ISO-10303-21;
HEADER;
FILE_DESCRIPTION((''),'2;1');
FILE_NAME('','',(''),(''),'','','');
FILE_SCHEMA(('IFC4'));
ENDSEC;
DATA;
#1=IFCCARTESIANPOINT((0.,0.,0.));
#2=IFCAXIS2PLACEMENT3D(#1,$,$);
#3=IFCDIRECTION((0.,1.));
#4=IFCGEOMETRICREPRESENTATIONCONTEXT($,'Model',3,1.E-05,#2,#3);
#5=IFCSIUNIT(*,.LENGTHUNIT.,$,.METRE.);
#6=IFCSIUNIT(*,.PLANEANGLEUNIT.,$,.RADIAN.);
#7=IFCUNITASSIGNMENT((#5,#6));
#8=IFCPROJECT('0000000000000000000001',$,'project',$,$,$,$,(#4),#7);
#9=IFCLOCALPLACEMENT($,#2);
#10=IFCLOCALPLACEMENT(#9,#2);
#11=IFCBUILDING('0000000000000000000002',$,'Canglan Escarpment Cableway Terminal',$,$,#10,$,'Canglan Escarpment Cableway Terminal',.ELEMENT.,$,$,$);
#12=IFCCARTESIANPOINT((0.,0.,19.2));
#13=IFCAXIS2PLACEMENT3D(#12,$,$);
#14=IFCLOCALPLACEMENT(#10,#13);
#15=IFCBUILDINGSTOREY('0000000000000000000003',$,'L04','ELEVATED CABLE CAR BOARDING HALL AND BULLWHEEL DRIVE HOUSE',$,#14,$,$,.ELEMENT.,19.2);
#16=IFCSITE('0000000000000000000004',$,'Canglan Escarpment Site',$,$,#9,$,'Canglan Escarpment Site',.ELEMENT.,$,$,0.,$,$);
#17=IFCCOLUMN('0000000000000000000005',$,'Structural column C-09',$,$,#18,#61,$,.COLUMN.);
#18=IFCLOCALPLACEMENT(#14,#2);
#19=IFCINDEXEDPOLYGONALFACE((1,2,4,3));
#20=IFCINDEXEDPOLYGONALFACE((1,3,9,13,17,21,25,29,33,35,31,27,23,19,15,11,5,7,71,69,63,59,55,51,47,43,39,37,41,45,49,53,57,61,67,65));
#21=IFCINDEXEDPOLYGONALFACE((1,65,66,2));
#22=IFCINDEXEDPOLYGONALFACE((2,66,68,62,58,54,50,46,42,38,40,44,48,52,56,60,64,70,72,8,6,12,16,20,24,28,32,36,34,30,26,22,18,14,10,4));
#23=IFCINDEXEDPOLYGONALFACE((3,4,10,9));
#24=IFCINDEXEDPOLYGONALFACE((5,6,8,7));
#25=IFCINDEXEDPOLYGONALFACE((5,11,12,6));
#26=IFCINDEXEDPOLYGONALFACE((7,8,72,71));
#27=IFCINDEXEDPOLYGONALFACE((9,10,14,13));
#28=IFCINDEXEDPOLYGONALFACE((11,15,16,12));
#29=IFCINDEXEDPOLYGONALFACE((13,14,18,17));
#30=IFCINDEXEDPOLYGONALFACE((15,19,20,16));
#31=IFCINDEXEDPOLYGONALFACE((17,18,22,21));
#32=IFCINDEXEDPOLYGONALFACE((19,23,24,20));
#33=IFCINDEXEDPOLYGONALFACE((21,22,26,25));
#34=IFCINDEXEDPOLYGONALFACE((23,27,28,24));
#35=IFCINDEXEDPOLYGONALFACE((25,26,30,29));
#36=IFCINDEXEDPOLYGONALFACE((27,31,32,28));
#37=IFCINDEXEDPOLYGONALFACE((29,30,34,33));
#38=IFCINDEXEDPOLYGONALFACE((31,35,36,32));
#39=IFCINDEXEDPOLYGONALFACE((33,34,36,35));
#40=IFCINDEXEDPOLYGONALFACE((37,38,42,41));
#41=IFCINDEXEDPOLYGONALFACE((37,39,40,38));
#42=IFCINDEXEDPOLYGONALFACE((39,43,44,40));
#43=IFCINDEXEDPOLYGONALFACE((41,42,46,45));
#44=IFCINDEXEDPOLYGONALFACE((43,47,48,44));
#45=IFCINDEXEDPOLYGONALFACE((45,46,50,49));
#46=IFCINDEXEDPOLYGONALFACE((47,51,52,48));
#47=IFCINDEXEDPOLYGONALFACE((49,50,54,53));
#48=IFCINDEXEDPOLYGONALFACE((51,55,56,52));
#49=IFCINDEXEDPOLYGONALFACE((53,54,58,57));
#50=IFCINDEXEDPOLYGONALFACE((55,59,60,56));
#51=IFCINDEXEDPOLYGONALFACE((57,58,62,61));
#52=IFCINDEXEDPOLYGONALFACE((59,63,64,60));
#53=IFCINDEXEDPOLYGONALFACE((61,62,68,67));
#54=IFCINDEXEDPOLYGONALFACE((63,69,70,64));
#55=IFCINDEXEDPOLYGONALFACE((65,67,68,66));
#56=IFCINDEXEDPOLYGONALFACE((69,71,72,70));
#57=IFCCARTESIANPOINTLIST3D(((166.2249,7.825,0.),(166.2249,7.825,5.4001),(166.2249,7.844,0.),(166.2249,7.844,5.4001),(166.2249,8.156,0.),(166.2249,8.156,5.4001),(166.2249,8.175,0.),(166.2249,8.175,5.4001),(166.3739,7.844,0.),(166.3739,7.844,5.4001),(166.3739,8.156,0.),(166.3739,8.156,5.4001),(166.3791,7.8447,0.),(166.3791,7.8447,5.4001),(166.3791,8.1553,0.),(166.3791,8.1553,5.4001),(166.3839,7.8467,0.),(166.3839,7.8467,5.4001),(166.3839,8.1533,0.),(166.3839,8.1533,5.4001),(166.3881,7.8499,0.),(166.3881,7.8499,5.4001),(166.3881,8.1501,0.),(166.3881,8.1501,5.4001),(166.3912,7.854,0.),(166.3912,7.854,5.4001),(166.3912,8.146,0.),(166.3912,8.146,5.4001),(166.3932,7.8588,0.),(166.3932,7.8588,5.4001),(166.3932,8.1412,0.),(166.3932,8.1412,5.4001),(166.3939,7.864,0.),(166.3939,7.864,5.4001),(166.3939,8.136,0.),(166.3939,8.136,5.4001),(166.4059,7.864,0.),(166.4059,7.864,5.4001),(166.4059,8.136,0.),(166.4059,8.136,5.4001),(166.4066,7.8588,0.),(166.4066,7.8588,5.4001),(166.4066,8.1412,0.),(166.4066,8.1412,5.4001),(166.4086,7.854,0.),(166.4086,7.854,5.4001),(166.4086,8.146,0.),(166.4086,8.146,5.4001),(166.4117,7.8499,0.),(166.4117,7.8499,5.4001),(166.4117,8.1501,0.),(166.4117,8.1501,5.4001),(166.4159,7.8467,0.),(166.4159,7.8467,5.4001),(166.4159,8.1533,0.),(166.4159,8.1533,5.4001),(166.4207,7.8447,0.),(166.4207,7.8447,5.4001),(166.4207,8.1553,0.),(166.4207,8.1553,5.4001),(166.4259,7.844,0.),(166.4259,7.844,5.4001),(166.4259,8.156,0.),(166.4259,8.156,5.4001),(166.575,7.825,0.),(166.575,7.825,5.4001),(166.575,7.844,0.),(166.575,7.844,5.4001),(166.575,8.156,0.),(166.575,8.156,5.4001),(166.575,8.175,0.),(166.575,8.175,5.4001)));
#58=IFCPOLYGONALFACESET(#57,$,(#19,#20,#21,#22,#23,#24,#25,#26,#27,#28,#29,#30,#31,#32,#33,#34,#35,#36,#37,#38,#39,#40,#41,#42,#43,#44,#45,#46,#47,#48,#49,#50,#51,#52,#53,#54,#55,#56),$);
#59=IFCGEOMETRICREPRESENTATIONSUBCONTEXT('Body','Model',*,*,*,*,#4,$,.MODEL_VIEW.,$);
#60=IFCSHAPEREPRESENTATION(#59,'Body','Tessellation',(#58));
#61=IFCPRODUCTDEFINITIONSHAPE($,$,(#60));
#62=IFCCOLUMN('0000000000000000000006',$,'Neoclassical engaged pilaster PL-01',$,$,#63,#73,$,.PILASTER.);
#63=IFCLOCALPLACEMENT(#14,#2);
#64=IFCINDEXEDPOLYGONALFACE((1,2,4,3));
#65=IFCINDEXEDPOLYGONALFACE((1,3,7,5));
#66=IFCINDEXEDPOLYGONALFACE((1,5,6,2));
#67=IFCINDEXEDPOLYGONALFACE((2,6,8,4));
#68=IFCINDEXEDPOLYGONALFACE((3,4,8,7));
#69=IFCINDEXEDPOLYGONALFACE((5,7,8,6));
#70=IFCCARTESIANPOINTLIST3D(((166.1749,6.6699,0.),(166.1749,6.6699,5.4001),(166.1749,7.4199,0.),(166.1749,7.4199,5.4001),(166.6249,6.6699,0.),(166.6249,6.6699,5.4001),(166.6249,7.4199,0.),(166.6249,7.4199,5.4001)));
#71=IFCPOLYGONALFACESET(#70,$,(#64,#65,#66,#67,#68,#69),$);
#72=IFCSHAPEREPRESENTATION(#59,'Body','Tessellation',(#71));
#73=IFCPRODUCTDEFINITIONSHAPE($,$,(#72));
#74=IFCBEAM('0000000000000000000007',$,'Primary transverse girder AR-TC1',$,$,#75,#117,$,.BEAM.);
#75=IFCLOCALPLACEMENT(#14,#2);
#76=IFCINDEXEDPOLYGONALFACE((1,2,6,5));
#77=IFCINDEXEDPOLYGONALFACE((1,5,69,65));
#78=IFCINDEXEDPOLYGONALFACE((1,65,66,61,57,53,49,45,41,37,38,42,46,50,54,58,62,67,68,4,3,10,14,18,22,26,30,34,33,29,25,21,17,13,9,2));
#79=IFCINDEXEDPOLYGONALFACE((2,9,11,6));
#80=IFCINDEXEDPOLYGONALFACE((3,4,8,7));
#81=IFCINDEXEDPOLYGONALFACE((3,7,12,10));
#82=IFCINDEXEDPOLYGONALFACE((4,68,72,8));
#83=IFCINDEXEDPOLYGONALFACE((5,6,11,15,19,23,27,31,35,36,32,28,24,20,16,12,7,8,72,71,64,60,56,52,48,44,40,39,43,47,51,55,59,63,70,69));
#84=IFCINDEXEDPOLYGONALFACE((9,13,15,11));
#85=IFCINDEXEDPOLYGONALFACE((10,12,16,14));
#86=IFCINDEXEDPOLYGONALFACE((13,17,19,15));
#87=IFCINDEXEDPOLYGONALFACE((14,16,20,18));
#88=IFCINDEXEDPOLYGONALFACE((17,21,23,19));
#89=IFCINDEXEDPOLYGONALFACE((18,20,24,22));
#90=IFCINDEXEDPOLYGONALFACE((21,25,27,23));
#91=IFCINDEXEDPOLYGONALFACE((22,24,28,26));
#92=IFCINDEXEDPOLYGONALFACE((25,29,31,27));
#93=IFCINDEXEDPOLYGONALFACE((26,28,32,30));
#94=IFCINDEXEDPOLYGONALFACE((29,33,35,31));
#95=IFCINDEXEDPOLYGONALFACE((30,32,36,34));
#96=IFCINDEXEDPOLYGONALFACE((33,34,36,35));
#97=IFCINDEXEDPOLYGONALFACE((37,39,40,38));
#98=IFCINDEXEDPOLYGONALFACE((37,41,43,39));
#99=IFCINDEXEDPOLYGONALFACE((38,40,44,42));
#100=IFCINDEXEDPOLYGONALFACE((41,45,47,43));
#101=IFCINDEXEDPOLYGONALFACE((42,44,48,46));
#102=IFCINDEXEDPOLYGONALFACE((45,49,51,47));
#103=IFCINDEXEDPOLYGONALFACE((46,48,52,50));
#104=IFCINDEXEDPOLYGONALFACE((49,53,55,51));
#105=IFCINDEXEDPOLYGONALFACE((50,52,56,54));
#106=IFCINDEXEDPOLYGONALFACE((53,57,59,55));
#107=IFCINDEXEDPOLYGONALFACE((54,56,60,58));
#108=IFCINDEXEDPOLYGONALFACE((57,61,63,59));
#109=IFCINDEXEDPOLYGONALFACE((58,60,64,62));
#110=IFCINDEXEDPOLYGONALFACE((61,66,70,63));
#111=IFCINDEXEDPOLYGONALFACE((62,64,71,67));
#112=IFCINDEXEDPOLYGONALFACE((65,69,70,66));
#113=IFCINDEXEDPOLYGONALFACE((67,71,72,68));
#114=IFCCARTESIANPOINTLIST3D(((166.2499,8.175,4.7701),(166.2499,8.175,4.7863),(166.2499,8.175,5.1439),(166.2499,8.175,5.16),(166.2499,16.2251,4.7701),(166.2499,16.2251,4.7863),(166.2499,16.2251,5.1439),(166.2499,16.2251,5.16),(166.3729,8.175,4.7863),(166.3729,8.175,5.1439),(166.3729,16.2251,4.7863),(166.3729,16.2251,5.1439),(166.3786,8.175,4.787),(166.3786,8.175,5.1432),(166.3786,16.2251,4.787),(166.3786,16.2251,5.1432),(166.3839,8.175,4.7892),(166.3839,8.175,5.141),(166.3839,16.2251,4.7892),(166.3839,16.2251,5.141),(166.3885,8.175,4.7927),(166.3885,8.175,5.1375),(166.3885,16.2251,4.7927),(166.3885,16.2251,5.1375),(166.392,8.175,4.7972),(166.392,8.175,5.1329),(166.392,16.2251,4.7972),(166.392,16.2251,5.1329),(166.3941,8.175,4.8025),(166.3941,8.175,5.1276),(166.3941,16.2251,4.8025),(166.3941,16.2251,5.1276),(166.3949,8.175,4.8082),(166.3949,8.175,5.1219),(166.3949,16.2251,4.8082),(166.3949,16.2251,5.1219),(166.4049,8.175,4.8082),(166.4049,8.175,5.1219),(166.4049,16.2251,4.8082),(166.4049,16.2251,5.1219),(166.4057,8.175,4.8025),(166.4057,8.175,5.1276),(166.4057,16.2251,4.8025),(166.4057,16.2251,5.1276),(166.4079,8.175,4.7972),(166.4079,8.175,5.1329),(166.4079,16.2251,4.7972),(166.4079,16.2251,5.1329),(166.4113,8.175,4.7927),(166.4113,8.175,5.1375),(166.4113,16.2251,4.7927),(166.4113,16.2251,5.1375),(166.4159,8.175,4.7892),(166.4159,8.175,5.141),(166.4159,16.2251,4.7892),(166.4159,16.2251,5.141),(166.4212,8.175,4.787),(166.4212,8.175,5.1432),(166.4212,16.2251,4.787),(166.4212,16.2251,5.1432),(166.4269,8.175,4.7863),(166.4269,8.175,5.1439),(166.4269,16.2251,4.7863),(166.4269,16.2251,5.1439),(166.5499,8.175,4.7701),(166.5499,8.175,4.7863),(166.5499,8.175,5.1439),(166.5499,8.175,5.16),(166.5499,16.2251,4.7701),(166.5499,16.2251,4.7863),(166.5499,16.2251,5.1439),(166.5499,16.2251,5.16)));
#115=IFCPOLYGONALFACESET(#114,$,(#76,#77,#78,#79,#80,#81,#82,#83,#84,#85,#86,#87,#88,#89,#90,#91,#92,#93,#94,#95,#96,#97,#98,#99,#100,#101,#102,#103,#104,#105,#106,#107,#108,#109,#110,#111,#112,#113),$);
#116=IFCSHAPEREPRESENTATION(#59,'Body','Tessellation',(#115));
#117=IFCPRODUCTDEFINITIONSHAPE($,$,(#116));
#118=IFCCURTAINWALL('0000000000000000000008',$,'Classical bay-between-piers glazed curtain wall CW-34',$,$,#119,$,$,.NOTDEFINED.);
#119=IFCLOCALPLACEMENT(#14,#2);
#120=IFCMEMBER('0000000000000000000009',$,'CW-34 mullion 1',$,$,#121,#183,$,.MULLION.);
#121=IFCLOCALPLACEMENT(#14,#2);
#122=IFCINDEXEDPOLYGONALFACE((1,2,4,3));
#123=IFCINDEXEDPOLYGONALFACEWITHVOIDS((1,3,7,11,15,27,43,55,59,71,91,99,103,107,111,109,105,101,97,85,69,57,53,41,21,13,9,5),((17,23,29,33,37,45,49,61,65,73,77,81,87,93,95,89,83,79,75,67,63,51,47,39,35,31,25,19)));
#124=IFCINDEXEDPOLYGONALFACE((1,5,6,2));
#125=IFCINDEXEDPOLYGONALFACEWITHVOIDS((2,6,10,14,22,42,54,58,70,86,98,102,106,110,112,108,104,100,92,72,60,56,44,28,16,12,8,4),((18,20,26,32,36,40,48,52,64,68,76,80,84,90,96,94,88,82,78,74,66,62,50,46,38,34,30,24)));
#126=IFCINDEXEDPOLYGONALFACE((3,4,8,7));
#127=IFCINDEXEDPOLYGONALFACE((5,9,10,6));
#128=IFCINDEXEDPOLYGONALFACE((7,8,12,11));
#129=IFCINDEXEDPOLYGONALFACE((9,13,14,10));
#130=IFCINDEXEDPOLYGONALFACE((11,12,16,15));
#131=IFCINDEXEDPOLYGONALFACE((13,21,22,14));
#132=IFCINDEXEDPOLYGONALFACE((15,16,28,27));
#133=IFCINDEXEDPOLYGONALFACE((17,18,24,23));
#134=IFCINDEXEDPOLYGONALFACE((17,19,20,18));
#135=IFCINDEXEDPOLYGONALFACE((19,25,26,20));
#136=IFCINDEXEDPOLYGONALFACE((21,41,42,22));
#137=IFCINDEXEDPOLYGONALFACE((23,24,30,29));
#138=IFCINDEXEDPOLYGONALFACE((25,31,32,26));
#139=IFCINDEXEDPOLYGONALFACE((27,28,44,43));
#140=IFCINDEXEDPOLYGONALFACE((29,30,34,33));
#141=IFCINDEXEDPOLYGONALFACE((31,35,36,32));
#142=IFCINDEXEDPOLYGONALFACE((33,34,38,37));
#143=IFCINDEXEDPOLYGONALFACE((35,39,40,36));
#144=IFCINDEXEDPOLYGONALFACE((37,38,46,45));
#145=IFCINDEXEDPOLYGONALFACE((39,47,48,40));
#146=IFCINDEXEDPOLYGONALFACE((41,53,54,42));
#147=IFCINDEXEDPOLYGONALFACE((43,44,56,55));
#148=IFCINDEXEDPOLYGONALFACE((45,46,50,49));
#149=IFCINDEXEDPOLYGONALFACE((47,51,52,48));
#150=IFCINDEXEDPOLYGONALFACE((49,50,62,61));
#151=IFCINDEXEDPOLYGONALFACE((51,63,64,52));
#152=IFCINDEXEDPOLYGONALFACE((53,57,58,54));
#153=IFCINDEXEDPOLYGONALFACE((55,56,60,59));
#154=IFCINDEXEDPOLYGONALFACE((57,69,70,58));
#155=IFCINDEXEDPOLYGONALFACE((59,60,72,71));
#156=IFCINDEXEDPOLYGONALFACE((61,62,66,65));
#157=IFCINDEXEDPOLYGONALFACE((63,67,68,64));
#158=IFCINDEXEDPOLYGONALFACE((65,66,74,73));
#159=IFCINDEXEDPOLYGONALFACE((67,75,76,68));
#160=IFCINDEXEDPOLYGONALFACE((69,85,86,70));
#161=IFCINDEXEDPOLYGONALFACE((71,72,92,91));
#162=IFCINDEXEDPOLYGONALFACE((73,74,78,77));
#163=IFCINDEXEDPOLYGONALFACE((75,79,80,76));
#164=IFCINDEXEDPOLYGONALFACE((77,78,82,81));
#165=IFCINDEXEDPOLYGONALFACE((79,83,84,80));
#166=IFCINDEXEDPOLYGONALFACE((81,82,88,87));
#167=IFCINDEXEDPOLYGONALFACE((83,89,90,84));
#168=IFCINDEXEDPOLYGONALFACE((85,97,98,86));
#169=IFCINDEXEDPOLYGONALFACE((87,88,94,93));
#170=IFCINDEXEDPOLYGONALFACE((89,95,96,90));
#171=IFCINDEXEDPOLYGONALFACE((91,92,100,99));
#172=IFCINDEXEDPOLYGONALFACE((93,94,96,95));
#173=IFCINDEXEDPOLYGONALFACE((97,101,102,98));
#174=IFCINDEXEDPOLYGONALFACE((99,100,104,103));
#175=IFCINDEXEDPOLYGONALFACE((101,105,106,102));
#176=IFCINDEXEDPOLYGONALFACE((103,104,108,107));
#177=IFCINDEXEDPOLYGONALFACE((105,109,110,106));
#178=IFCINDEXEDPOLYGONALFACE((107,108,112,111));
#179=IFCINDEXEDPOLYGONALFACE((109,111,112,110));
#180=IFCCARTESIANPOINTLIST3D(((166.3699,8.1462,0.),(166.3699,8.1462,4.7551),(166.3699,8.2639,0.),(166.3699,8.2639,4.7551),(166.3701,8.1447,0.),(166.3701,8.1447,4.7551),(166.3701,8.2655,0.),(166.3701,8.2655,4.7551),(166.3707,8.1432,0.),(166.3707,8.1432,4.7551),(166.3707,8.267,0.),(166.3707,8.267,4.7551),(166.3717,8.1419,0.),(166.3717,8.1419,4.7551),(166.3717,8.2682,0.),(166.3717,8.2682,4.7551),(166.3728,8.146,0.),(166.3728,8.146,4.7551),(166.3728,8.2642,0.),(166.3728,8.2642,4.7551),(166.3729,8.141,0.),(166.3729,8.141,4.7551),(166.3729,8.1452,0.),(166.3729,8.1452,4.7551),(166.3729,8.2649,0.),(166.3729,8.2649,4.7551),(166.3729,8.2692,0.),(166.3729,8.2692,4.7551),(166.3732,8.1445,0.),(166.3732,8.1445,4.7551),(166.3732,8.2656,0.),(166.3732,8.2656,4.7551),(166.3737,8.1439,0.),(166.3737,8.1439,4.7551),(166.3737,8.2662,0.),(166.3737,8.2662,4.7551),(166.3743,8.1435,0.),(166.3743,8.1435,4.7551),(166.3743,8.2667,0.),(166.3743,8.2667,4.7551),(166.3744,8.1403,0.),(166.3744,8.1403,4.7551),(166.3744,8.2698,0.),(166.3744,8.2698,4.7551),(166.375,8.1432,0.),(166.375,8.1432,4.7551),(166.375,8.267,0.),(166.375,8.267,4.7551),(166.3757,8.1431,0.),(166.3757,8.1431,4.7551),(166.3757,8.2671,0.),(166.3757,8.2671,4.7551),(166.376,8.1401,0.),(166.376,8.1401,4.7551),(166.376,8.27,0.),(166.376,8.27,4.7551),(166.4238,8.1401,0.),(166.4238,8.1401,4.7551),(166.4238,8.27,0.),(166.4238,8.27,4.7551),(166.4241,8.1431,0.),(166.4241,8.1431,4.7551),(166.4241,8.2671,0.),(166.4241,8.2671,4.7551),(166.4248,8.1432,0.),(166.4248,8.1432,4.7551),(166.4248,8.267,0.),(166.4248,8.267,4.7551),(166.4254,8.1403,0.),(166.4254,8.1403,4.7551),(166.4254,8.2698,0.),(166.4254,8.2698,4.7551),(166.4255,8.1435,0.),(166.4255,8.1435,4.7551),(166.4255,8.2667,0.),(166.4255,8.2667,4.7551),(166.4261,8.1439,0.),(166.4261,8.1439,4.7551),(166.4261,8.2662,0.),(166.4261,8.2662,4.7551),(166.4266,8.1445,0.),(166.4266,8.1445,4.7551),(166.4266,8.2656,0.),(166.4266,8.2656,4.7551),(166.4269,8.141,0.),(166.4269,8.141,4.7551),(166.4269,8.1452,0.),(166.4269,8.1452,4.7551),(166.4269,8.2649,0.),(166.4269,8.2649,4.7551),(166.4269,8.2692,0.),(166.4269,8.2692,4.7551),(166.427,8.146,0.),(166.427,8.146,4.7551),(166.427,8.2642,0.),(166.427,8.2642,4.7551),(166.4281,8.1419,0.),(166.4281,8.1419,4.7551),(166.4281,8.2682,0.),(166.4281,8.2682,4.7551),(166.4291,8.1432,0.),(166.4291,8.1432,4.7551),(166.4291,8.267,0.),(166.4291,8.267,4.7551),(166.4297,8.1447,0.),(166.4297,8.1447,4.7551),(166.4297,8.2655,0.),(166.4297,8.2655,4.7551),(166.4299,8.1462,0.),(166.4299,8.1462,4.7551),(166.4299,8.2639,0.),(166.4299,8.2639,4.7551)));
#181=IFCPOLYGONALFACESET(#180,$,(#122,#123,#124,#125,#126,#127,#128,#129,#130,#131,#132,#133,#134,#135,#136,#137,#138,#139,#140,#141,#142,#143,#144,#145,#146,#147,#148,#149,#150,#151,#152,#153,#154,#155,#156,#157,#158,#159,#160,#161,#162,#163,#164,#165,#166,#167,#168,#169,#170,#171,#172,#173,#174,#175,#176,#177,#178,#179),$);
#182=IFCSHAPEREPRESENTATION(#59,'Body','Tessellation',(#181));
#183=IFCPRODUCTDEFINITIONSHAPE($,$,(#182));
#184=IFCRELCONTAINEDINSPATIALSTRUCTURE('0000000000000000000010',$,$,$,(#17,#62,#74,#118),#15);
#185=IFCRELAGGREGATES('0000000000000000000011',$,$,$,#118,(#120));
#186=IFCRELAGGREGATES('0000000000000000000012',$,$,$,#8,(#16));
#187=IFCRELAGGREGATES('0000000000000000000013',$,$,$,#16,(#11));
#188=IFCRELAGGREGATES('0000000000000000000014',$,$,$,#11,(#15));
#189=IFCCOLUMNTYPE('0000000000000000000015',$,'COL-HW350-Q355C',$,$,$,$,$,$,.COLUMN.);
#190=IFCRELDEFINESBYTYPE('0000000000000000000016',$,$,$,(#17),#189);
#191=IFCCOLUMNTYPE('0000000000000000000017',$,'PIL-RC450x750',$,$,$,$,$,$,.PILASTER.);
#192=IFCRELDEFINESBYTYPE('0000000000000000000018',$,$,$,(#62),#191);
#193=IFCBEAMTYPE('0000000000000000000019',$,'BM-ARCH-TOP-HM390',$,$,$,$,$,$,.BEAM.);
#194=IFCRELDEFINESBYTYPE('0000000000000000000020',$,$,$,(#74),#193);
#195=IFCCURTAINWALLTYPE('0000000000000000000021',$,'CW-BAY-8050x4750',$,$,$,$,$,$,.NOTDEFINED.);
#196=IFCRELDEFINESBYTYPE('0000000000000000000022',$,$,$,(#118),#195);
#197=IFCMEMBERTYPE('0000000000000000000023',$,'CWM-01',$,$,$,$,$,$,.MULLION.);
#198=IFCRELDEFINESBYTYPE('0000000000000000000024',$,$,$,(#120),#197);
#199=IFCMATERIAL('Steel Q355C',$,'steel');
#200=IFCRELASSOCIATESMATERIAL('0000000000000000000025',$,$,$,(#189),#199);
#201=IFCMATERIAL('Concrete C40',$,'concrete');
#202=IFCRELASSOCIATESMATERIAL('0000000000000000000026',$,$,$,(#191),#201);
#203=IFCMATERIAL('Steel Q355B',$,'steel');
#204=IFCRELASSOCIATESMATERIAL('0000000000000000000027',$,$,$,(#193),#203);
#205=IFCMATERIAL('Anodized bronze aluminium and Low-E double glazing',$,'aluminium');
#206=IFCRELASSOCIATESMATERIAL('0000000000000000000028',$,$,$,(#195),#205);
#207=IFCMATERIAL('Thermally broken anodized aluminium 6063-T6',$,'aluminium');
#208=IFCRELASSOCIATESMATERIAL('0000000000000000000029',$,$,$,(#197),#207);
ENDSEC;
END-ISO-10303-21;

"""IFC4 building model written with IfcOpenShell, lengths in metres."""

from ifc_helpers import new_model, si_unit, direction, frame, origin, origin_2d, place, context, subcontext, project, spatial, rectangle, hollow_rectangle, i_section, extrude, material, material_profile, profile_set, type_object, element, aggregate, save


model = new_model("IFC4")

# Units and contexts
model_context = context("Model", 3, precision=1e-05, world=origin(), true_north=direction((0.0, 1.0)))
body_context = subcontext(model_context, "Body", "Model", "MODEL_VIEW")
ifc_project = project(units=[si_unit("LENGTHUNIT", "METRE"), si_unit("PLANEANGLEUNIT", "RADIAN")], contexts=[model_context])

# Site, building, storey
site_placement = place(None, origin())
site = spatial("IfcSite", under=ifc_project, at=site_placement, Name="Canglan Escarpment Site", LongName="Canglan Escarpment Site", CompositionType="ELEMENT", RefElevation=0.0)
building_placement = place(site_placement, origin())
building = spatial("IfcBuilding", under=site, at=building_placement, Name="Canglan Escarpment Cableway Terminal", LongName="Canglan Escarpment Cableway Terminal", CompositionType="ELEMENT")
storey_placement = place(building_placement, frame((0.0, 0.0, 19.2)))
storey = spatial("IfcBuildingStorey", under=building, at=storey_placement, Name="L04", Description="ELEVATED CABLE CAR BOARDING HALL AND BULLWHEEL DRIVE HOUSE", CompositionType="ELEMENT", Elevation=19.2)

# Columns
ifc_material_1 = material(Name="Steel Q355C", Category="steel")
ifc_material_profile_1 = material_profile(ifc_material_1, i_section(OverallWidth=0.3501, OverallDepth=0.3501, WebThickness=0.012, FlangeThickness=0.019, FilletRadius=0.02, at=origin_2d()), Name="HW 350x350x12x19")
ifc_profile_set_1 = profile_set([ifc_material_profile_1], Name="Steel Q355C")
column_type_1 = type_object("IfcColumnType", Name="COL-HW350-Q355C", PredefinedType="COLUMN", material=ifc_profile_set_1)
column_1_placement = place(storey_placement, frame((166.3999, 8.0, 0.0), z_axis=(0.0, 0.0, 1.0), x_axis=(1.0, 0.0, 0.0)))
element("IfcColumn", 1, at=column_1_placement, inside=storey, type_object=column_type_1, Name="Structural column C-09", PredefinedType="COLUMN", context=body_context, shape_type="SweptSolid", body=[
    extrude(i_section(OverallWidth=0.3501, OverallDepth=0.3501, WebThickness=0.012, FlangeThickness=0.019, FilletRadius=0.02, at=origin_2d()), origin(), (0.0, 0.0, 1.0), 5.4001),
])
ifc_material_2 = material(Name="Concrete C40", Category="concrete")
ifc_material_profile_2 = material_profile(ifc_material_2, rectangle(XDim=0.45, YDim=0.75, at=origin_2d()), Name="RC-PIL 450x750")
ifc_profile_set_2 = profile_set([ifc_material_profile_2], Name="Concrete C40")
column_type_2 = type_object("IfcColumnType", Name="PIL-RC450x750", PredefinedType="PILASTER", material=ifc_profile_set_2)
column_2_placement = place(storey_placement, frame((166.3999, 7.0449, 0.0), z_axis=(0.0, 0.0, 1.0), x_axis=(1.0, 0.0, 0.0)))
element("IfcColumn", 2, at=column_2_placement, inside=storey, type_object=column_type_2, Name="Neoclassical engaged pilaster PL-01", PredefinedType="PILASTER", context=body_context, shape_type="SweptSolid", body=[
    extrude(rectangle(XDim=0.45, YDim=0.75, at=origin_2d()), origin(), (0.0, 0.0, 1.0), 5.4001),
])

# Beam
ifc_material_3 = material(Name="Steel Q355B", Category="steel")
ifc_material_profile_3 = material_profile(ifc_material_3, i_section(OverallWidth=0.3, OverallDepth=0.3899, WebThickness=0.01, FlangeThickness=0.0161, FilletRadius=0.022, at=origin_2d()), Name="HM 390x300x10x16")
ifc_profile_set_3 = profile_set([ifc_material_profile_3], Name="Steel Q355B")
beam_type = type_object("IfcBeamType", Name="BM-ARCH-TOP-HM390", PredefinedType="BEAM", material=ifc_profile_set_3)
beam_placement = place(storey_placement, frame((166.3999, 8.175, 4.9651), z_axis=(0.0, 1.0, 0.0), x_axis=(-1.0, 0.0, 0.0)))
element("IfcBeam", 3, at=beam_placement, inside=storey, type_object=beam_type, Name="Primary transverse girder AR-TC1", PredefinedType="BEAM", context=body_context, shape_type="SweptSolid", body=[
    extrude(i_section(OverallWidth=0.3, OverallDepth=0.3899, WebThickness=0.01, FlangeThickness=0.0161, FilletRadius=0.022, at=origin_2d()), origin(), (0.0, 0.0, 1.0), 8.05),
])

# Curtain wall, member
ifc_material_4 = material(Name="Anodized bronze aluminium and Low-E double glazing", Category="aluminium")
curtain_wall_type_1 = type_object("IfcCurtainWallType", Name="CW-BAY-8050x4750", PredefinedType="NOTDEFINED", material=ifc_material_4)
curtain_wall_1_placement = place(storey_placement, origin())
curtain_wall_1 = element("IfcCurtainWall", 4, at=curtain_wall_1_placement, inside=storey, type_object=curtain_wall_type_1, Name="Classical bay-between-piers glazed curtain wall CW-34", PredefinedType="NOTDEFINED")
ifc_material_5 = material(Name="Thermally broken anodized aluminium 6063-T6", Category="aluminium")
ifc_material_profile_4 = material_profile(ifc_material_5, hollow_rectangle(XDim=0.0601, YDim=0.1299, WallThickness=0.0029, InnerFilletRadius=0.0029, OuterFilletRadius=0.0061, at=origin_2d()), Name="ALU-MULL 60x130x3")
ifc_profile_set_4 = profile_set([ifc_material_profile_4], Name="Thermally broken anodized aluminium 6063-T6")
member_type_1 = type_object("IfcMemberType", Name="CWM-01", PredefinedType="MULLION", material=ifc_profile_set_4)
member_1_placement = place(storey_placement, frame((166.3999, 8.2051, 0.0), z_axis=(0.0, 0.0, 1.0), x_axis=(-1.0, 0.0, 0.0)))
member_1 = element("IfcMember", 5, at=member_1_placement, type_object=member_type_1, Name="CW-34 mullion 1", PredefinedType="MULLION", context=body_context, shape_type="SweptSolid", body=[
    extrude(hollow_rectangle(XDim=0.0601, YDim=0.1299, WallThickness=0.0029, InnerFilletRadius=0.0029, OuterFilletRadius=0.0061, at=origin_2d()), origin(), (0.0, 0.0, 1.0), 4.7551),
])

aggregate(curtain_wall_1, [member_1])

save(model, "model.ifc")
